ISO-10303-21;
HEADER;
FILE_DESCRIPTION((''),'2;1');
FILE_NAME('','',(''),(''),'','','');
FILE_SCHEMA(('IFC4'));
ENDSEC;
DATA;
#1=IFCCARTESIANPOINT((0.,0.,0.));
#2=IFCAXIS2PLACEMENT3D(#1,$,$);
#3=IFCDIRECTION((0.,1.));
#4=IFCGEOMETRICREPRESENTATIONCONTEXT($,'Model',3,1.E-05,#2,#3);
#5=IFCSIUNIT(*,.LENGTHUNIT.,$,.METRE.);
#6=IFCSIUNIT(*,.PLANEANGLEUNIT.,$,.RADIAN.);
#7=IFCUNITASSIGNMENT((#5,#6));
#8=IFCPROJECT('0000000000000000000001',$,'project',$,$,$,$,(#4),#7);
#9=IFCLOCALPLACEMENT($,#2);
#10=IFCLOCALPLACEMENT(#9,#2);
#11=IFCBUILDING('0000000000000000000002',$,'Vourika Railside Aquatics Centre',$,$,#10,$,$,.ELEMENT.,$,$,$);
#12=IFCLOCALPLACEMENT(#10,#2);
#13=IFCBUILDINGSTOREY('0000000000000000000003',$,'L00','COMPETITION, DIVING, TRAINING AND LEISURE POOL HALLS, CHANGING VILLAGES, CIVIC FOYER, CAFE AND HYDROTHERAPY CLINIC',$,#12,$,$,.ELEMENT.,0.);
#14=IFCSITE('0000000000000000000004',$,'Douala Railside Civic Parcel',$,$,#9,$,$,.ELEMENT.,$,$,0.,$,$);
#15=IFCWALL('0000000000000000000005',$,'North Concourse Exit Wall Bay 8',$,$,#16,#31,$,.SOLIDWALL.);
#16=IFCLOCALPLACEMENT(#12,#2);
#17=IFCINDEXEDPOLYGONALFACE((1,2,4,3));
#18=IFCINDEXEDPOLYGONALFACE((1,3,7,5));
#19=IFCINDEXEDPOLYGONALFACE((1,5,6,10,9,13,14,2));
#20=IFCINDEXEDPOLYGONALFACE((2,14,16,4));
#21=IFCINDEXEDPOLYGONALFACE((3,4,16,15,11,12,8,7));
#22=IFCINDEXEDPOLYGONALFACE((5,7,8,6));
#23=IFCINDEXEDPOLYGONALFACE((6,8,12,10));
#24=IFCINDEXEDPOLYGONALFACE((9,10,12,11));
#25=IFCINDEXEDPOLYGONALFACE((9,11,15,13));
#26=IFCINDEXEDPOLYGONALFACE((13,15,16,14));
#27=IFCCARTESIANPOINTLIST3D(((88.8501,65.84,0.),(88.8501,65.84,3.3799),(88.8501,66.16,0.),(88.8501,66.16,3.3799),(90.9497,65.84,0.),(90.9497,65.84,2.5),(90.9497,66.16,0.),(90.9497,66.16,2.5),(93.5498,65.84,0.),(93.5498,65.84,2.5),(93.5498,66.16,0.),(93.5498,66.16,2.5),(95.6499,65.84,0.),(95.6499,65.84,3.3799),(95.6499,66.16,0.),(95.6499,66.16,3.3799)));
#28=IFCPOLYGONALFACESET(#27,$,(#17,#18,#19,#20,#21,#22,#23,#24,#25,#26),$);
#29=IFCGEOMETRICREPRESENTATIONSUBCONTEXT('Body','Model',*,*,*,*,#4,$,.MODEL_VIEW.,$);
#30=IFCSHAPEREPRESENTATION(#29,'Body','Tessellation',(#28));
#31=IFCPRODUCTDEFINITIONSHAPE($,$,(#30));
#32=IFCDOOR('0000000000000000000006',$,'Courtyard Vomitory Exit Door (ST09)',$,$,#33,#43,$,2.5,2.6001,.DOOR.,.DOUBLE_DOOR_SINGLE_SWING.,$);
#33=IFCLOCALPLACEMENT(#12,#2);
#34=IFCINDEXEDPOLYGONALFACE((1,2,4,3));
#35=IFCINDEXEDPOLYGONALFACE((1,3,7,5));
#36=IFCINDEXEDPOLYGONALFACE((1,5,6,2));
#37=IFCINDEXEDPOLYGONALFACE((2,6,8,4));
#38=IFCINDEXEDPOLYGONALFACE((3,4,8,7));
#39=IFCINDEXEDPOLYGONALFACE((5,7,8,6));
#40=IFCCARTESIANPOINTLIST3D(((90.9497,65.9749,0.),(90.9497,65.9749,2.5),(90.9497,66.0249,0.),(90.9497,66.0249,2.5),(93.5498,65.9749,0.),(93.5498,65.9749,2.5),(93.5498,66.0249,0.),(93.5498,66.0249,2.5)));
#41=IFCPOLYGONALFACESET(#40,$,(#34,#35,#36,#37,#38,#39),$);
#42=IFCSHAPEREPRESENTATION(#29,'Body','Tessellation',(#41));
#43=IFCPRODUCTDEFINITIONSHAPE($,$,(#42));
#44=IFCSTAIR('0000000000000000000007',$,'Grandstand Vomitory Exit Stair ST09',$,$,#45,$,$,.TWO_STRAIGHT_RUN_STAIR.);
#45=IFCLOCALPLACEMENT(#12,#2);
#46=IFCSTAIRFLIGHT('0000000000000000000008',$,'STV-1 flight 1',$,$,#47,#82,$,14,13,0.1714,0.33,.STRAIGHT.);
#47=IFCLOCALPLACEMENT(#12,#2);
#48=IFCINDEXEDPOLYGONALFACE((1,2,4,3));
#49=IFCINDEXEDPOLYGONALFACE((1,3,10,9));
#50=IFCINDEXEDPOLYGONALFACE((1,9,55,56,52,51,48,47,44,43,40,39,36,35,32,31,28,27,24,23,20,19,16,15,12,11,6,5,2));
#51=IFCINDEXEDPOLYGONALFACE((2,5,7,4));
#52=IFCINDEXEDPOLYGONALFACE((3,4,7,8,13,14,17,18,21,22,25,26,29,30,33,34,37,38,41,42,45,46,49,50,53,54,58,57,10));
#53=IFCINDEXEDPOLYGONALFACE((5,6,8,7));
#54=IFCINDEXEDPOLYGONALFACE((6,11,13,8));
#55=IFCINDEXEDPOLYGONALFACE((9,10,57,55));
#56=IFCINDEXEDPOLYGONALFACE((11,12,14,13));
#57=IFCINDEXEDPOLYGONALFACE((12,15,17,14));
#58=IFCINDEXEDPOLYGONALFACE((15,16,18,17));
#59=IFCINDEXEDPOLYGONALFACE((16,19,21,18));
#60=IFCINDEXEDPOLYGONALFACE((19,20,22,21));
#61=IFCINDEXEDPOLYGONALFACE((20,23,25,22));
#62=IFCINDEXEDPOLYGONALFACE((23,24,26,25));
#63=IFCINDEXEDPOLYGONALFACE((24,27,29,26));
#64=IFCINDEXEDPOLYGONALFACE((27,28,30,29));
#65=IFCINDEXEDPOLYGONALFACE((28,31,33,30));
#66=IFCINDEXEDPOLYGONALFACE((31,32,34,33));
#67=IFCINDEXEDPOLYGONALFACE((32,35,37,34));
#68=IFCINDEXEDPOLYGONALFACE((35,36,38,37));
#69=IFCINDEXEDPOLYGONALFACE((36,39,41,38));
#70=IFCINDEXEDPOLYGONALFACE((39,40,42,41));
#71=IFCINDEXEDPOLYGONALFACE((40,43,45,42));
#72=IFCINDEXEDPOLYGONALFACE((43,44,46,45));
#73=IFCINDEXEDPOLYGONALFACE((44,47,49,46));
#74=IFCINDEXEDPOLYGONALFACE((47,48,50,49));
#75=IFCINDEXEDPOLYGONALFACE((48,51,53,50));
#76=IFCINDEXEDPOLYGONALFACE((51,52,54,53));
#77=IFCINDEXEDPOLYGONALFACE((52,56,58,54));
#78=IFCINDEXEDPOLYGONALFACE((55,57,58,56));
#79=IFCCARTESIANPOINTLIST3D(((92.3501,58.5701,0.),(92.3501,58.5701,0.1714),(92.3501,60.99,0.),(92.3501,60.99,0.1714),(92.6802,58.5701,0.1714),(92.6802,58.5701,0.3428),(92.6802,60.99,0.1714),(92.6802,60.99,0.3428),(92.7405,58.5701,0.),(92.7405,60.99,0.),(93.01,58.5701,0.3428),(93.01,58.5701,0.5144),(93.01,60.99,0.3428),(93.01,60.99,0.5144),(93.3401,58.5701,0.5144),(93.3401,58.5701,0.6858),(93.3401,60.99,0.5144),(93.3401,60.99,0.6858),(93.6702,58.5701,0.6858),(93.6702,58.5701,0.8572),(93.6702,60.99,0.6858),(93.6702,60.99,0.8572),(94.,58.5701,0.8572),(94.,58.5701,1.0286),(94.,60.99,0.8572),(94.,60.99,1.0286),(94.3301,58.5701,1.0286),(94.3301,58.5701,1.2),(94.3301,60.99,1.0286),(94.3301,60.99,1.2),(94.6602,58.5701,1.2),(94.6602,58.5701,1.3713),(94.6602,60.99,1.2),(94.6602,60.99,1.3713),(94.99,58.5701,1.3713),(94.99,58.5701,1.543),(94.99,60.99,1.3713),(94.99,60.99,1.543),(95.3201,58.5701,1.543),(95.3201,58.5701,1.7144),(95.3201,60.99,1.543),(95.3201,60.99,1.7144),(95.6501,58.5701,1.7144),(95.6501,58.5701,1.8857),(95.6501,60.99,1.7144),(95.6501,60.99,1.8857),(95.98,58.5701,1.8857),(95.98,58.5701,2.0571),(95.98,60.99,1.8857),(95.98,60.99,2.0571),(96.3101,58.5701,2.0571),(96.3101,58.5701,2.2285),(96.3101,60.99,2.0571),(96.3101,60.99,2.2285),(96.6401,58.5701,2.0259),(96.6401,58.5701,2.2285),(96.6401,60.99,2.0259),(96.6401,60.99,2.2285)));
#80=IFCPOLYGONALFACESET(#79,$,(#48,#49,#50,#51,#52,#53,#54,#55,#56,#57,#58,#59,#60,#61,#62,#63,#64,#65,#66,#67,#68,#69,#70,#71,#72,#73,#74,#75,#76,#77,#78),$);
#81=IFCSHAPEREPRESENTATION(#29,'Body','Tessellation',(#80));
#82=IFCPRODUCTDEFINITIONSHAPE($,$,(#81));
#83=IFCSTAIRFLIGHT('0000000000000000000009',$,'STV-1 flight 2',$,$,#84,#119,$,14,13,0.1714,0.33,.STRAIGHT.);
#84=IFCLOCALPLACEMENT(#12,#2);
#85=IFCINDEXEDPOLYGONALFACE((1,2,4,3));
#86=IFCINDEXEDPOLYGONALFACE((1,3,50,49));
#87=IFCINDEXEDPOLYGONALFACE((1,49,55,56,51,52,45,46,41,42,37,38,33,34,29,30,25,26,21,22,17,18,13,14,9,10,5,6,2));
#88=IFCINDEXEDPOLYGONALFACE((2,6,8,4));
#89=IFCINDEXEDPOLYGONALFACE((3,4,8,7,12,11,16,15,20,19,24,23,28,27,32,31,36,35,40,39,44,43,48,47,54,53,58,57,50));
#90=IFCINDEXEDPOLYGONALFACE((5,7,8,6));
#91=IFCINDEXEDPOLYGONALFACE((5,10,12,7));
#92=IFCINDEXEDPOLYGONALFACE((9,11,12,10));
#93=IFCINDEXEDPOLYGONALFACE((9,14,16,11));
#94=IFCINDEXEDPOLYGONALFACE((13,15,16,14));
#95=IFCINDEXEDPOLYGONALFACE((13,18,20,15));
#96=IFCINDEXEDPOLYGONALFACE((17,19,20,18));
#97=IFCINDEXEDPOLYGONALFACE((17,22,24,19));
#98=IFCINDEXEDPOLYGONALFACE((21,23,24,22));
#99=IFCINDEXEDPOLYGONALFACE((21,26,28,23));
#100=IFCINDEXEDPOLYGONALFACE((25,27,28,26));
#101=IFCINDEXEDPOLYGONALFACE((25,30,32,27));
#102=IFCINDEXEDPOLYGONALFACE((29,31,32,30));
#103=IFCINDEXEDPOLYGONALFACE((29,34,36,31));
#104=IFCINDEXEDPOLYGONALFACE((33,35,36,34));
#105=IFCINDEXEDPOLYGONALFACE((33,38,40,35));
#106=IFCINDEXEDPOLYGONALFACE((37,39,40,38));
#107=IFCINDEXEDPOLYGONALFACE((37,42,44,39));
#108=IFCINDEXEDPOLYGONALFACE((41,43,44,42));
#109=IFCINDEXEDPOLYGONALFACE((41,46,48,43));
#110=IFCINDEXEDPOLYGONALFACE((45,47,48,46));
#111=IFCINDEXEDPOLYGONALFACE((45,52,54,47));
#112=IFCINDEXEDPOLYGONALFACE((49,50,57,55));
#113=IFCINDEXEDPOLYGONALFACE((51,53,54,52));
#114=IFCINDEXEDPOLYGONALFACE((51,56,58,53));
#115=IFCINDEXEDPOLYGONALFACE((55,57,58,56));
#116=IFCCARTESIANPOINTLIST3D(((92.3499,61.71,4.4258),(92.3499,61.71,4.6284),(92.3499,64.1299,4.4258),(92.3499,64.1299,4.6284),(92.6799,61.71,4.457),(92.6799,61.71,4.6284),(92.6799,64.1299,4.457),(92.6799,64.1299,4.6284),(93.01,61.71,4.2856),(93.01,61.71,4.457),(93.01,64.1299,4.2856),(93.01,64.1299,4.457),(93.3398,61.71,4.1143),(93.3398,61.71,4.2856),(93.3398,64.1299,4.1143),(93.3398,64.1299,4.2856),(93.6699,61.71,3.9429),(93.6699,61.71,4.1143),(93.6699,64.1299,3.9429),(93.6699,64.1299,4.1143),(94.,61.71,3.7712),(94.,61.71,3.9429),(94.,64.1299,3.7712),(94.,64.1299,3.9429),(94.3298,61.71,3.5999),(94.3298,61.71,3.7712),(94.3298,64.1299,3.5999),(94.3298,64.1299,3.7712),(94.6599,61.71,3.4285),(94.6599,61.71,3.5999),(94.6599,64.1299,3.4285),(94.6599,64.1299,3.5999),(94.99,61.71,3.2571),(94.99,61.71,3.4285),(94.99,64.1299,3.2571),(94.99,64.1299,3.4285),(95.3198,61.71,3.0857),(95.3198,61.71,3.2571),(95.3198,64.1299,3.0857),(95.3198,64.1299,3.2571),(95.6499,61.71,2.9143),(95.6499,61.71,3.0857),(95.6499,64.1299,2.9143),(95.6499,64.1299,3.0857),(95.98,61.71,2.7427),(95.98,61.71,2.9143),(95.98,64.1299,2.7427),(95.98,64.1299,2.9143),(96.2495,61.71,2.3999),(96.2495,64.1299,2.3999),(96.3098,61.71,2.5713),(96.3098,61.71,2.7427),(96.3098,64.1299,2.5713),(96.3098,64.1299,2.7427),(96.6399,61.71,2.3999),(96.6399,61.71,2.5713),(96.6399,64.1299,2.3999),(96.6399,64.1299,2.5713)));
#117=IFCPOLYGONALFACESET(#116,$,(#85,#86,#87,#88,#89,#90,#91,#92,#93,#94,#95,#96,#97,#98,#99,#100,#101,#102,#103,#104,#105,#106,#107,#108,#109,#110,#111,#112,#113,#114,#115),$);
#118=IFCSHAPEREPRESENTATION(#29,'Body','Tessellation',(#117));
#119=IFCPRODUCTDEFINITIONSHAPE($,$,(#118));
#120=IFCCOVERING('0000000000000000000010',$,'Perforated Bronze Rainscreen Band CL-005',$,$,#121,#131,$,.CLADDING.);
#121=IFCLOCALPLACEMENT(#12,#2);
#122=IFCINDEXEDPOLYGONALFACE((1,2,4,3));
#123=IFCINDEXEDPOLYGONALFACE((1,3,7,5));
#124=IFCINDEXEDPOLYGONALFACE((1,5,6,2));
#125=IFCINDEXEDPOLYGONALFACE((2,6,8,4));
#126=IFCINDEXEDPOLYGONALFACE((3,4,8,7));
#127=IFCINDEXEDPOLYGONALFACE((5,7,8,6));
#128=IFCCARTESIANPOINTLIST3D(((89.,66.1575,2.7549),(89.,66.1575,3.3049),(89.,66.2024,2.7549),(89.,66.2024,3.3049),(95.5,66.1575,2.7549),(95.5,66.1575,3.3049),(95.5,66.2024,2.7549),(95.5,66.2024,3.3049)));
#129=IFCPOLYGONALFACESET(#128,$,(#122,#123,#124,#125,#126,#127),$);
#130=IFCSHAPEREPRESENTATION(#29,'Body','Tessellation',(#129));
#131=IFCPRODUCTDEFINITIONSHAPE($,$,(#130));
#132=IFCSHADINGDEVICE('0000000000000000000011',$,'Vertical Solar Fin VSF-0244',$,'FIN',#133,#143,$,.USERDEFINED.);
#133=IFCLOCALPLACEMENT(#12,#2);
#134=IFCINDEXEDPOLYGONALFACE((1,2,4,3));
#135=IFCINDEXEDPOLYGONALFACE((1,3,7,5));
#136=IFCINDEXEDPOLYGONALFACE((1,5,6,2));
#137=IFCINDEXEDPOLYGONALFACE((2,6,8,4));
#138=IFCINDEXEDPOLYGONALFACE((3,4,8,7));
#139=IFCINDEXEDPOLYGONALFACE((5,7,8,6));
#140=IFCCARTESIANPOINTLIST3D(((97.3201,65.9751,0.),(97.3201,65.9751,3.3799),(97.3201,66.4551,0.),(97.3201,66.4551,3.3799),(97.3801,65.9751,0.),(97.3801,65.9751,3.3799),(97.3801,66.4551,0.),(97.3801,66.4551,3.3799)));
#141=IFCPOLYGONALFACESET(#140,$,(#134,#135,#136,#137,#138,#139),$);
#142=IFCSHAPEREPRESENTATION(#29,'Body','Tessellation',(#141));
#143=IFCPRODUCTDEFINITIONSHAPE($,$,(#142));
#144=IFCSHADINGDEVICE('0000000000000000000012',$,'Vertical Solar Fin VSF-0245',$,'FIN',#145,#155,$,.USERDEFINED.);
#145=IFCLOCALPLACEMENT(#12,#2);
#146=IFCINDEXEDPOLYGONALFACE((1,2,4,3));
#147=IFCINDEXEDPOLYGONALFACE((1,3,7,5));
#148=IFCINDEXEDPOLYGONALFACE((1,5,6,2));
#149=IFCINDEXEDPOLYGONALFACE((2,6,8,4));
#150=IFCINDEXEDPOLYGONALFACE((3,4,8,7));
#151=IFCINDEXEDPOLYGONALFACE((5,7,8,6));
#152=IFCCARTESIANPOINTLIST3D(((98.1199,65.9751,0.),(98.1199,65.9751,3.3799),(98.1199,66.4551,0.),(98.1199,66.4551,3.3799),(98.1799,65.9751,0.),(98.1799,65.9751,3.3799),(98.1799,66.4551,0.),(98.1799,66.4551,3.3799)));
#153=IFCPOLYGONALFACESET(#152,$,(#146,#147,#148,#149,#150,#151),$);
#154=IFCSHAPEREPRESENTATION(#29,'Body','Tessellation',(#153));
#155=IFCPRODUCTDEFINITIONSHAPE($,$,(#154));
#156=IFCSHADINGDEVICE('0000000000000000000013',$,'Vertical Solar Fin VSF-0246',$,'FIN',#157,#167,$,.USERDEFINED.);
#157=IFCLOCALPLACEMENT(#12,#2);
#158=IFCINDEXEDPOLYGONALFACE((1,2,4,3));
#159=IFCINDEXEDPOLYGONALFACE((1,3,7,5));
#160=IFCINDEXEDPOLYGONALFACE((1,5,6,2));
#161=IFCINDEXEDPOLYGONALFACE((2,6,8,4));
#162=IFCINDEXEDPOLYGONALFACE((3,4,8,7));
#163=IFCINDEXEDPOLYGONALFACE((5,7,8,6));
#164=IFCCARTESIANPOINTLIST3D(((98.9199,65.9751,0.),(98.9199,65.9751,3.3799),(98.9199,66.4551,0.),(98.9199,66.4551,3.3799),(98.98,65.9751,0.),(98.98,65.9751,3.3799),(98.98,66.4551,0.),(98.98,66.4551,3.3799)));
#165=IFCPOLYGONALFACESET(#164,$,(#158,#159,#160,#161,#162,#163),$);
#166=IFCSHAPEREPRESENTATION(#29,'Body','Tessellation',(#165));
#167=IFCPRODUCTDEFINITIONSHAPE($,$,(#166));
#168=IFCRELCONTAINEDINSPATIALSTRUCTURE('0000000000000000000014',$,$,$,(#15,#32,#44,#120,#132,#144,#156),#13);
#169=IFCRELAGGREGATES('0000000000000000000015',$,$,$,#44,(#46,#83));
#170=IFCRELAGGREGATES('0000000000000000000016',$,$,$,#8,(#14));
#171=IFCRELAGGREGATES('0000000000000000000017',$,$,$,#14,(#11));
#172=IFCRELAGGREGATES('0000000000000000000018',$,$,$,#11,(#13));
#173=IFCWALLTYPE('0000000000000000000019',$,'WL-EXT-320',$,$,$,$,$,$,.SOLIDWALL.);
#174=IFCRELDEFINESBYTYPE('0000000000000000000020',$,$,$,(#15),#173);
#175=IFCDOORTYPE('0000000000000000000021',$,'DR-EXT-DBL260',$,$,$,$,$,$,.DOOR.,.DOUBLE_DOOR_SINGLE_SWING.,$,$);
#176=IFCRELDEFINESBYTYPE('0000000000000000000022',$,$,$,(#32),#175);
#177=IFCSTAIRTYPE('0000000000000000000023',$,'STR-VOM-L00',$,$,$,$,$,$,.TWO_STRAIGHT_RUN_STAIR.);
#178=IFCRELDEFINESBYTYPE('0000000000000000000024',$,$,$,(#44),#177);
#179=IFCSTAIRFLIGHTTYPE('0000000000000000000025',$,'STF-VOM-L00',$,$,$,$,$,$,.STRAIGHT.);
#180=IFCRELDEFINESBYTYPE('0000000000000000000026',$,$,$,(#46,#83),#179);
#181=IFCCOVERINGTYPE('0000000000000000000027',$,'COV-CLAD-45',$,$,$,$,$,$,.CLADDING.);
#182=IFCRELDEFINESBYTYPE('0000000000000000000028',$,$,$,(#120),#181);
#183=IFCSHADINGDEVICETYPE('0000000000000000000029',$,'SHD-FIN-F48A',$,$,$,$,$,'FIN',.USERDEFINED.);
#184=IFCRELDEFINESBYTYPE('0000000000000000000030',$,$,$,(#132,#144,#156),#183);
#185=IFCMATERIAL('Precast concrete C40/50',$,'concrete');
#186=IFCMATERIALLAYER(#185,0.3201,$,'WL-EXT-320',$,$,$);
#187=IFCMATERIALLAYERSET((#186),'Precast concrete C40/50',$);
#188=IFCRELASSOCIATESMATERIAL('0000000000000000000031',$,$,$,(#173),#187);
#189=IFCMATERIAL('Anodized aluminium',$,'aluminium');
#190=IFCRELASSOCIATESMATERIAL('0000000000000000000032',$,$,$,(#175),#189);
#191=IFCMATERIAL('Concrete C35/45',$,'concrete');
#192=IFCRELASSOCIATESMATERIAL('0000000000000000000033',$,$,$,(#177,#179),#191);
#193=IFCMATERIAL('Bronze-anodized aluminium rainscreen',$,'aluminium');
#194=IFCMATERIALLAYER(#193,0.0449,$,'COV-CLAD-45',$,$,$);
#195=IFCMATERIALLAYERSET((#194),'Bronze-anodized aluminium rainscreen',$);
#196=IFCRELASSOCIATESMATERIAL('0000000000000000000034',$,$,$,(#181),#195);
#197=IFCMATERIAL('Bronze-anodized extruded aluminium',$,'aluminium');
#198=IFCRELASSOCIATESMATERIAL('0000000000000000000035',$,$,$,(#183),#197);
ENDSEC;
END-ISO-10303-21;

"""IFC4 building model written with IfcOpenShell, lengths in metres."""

from ifc_helpers import new_model, si_unit, direction, frame, frame_2d, origin, origin_2d, place, context, subcontext, project, spatial, polyline, rectangle, outline, extrude, material, layer, layer_set, material_profile, profile_set, type_object, element, fill, aggregate, save


model = new_model("IFC4")

# Units and contexts
model_context = context("Model", 3, precision=1e-05, world=origin(), true_north=direction((0.0, 1.0)))
body_context = subcontext(model_context, "Body", "Model", "MODEL_VIEW")
ifc_project = project(units=[si_unit("LENGTHUNIT", "METRE"), si_unit("PLANEANGLEUNIT", "RADIAN")], contexts=[model_context])

# Site, building, storey
site_placement = place(None, origin())
site = spatial("IfcSite", under=ifc_project, at=site_placement, Name="Douala Railside Civic Parcel", CompositionType="ELEMENT", RefElevation=0.0)
building_placement = place(site_placement, origin())
building = spatial("IfcBuilding", under=site, at=building_placement, Name="Vourika Railside Aquatics Centre", CompositionType="ELEMENT")
storey_placement = place(building_placement, origin())
storey = spatial("IfcBuildingStorey", under=building, at=storey_placement, Name="L00", Description="COMPETITION, DIVING, TRAINING AND LEISURE POOL HALLS, CHANGING VILLAGES, CIVIC FOYER, CAFE AND HYDROTHERAPY CLINIC", CompositionType="ELEMENT", Elevation=0.0)

# Shared definitions
ifc_material_1 = material(Name="Concrete C35/45", Category="concrete")

# Wall, opening, door
ifc_material_2 = material(Name="Precast concrete C40/50", Category="concrete")
ifc_layer_1 = layer(ifc_material_2, 0.3201, Name="WL-EXT-320")
ifc_layer_set_1 = layer_set([ifc_layer_1], Name="Precast concrete C40/50")
wall_type = type_object("IfcWallType", Name="WL-EXT-320", PredefinedType="SOLIDWALL", material=ifc_layer_set_1)
wall_placement = place(storey_placement, frame((95.6499, 66.0, 0.0), z_axis=(0.0, 0.0, 1.0), x_axis=(-1.0, 0.0, 0.0)))
wall = element("IfcWall", 1, at=wall_placement, inside=storey, type_object=wall_type, Name="North Concourse Exit Wall Bay 8", PredefinedType="SOLIDWALL", context=body_context, shape_type="SweptSolid", body=[
    extrude(rectangle(XDim=6.7998, YDim=0.3201, at=frame_2d((3.3999, 0.0))), origin(), (0.0, 0.0, 1.0), 3.3799),
])
opening_placement = place(wall_placement, frame((2.1001, 0.0, 0.0)))
opening = element("IfcOpeningElement", 2, at=opening_placement, cuts=wall, PredefinedType="OPENING", context=body_context, shape_type="SweptSolid", body=[
    extrude(rectangle(XDim=2.6001, YDim=2.5, at=frame_2d((1.3, 1.25))), frame((0.0, 0.1699, 0.0), z_axis=(0.0, -1.0, 0.0), x_axis=(1.0, 0.0, 0.0)), (0.0, 0.0, 1.0), 0.3401),
])
ifc_material_3 = material(Name="Anodized aluminium", Category="aluminium")
door_type = type_object("IfcDoorType", Name="DR-EXT-DBL260", OperationType="DOUBLE_DOOR_SINGLE_SWING", PredefinedType="DOOR", material=ifc_material_3)
door_placement = place(opening_placement, frame((2.6001, 0.0, 0.0), z_axis=(0.0, 0.0, 1.0), x_axis=(-1.0, 0.0, 0.0)))
door = element("IfcDoor", 3, at=door_placement, inside=storey, type_object=door_type, Name="Courtyard Vomitory Exit Door (ST09)", OperationType="DOUBLE_DOOR_SINGLE_SWING", OverallHeight=2.5, OverallWidth=2.6001, PredefinedType="DOOR", context=body_context, shape_type="SweptSolid", body=[
    extrude(rectangle(XDim=2.6001, YDim=2.5, at=frame_2d((1.3, 1.25))), frame((0.0, 0.0249, 0.0), z_axis=(0.0, -1.0, 0.0), x_axis=(1.0, 0.0, 0.0)), (0.0, 0.0, 1.0), 0.05),
])
fill(opening, door)

# Stair, stair flights
stair_type = type_object("IfcStairType", Name="STR-VOM-L00", PredefinedType="TWO_STRAIGHT_RUN_STAIR", material=ifc_material_1)
stair_placement = place(storey_placement, origin())
stair = element("IfcStair", 4, at=stair_placement, inside=storey, type_object=stair_type, Name="Grandstand Vomitory Exit Stair ST09", PredefinedType="TWO_STRAIGHT_RUN_STAIR")
stair_flight_type = type_object("IfcStairFlightType", Name="STF-VOM-L00", PredefinedType="STRAIGHT", material=ifc_material_1)
stair_flight_1_placement = place(storey_placement, frame((92.3501, 59.78, 0.0), z_axis=(0.0, 0.0, 1.0), x_axis=(1.0, 0.0, 0.0)))
stair_flight_1 = element("IfcStairFlight", 5, at=stair_flight_1_placement, type_object=stair_flight_type, Name="STV-1 flight 1", NumberOfRisers=14, NumberOfTreads=13, PredefinedType="STRAIGHT", RiserHeight=0.1714, TreadLength=0.33, context=body_context, shape_type="SweptSolid", body=[
    extrude(outline(polyline([(0.0, 0.0), (0.0, 0.1714), (0.3301, 0.1714), (0.3301, 0.3428), (0.6599, 0.3428), (0.6599, 0.5144), (0.99, 0.5144), (0.99, 0.6858), (1.3201, 0.6858), (1.3201, 0.8572), (1.6499, 0.8572), (1.6499, 1.0286), (1.98, 1.0286), (1.98, 1.2), (2.3101, 1.2), (2.3101, 1.3713), (2.6399, 1.3713), (2.6399, 1.543), (2.97, 1.543), (2.97, 1.7144), (3.3, 1.7144), (3.3, 1.8857), (3.6299, 1.8857), (3.6299, 2.0571), (3.96, 2.0571), (3.96, 2.2285), (4.29, 2.2285), (4.29, 2.3999), (4.29, 2.0259), (0.3904, 0.0), (0.0, 0.0)])), frame((0.0, 1.21, 0.0), z_axis=(0.0, -1.0, 0.0), x_axis=(1.0, 0.0, 0.0)), (0.0, 0.0, 1.0), 2.4199),
])
stair_flight_2_placement = place(storey_placement, frame((96.6399, 62.9199, 2.3999), z_axis=(0.0, 0.0, 1.0), x_axis=(-1.0, 0.0, 0.0)))
stair_flight_2 = element("IfcStairFlight", 6, at=stair_flight_2_placement, type_object=stair_flight_type, Name="STV-1 flight 2", NumberOfRisers=14, NumberOfTreads=13, PredefinedType="STRAIGHT", RiserHeight=0.1714, TreadLength=0.33, context=body_context, shape_type="SweptSolid", body=[
    extrude(outline(polyline([(0.0, 0.0), (0.0, 0.1714), (0.3301, 0.1714), (0.3301, 0.3428), (0.6599, 0.3428), (0.6599, 0.5144), (0.99, 0.5144), (0.99, 0.6858), (1.3201, 0.6858), (1.3201, 0.8572), (1.6499, 0.8572), (1.6499, 1.0286), (1.98, 1.0286), (1.98, 1.2), (2.3101, 1.2), (2.3101, 1.3713), (2.6399, 1.3713), (2.6399, 1.543), (2.97, 1.543), (2.97, 1.7144), (3.3, 1.7144), (3.3, 1.8857), (3.6299, 1.8857), (3.6299, 2.0571), (3.96, 2.0571), (3.96, 2.2285), (4.29, 2.2285), (4.29, 2.3999), (4.29, 2.0259), (0.3904, 0.0), (0.0, 0.0)])), frame((0.0, 1.21, 0.0), z_axis=(0.0, -1.0, 0.0), x_axis=(1.0, 0.0, 0.0)), (0.0, 0.0, 1.0), 2.4199),
])
aggregate(stair, [stair_flight_1, stair_flight_2])

# Covering
ifc_material_4 = material(Name="Bronze-anodized aluminium rainscreen", Category="aluminium")
ifc_layer_2 = layer(ifc_material_4, 0.0449, Name="COV-CLAD-45")
ifc_layer_set_2 = layer_set([ifc_layer_2], Name="Bronze-anodized aluminium rainscreen")
covering_type = type_object("IfcCoveringType", Name="COV-CLAD-45", PredefinedType="CLADDING", material=ifc_layer_set_2)
covering_placement = place(storey_placement, frame((92.25, 66.1799, 2.7549), z_axis=(0.0, 0.0, 1.0), x_axis=(-1.0, 0.0, 0.0)))
element("IfcCovering", 7, at=covering_placement, inside=storey, type_object=covering_type, Name="Perforated Bronze Rainscreen Band CL-005", PredefinedType="CLADDING", context=body_context, shape_type="SweptSolid", body=[
    extrude(rectangle(XDim=6.5, YDim=0.0449, at=origin_2d()), origin(), (0.0, 0.0, 1.0), 0.55),
])

# Shading devices
ifc_material_5 = material(Name="Bronze-anodized extruded aluminium", Category="aluminium")
ifc_material_profile_1 = material_profile(ifc_material_5, rectangle(XDim=0.0601, YDim=0.48, at=origin_2d()), Name="ALU-FIN 60x480")
ifc_profile_set_1 = profile_set([ifc_material_profile_1], Name="Bronze-anodized extruded aluminium")
shading_device_type = type_object("IfcShadingDeviceType", Name="SHD-FIN-F48A", ElementType="FIN", PredefinedType="USERDEFINED", material=ifc_profile_set_1)
for number, where, z_axis, x_axis, name in (
    (8, (97.3501, 66.2151, 0.0), (0.0, 0.0, 1.0), (1.0, 0.0, 0.0), "Vertical Solar Fin VSF-0244"),
    (9, (98.1499, 66.2151, 0.0), (0.0, 0.0, 1.0), (1.0, 0.0, 0.0), "Vertical Solar Fin VSF-0245"),
    (10, (98.95, 66.2151, 0.0), (0.0, 0.0, 1.0), (1.0, 0.0, 0.0), "Vertical Solar Fin VSF-0246"),
):
    element("IfcShadingDevice", number, at=place(storey_placement, frame(where, z_axis=z_axis, x_axis=x_axis)), inside=storey, type_object=shading_device_type, Name=name, ObjectType="FIN", PredefinedType="USERDEFINED", context=body_context, shape_type="SweptSolid", body=[
        extrude(rectangle(XDim=0.0601, YDim=0.48, at=origin_2d()), origin(), (0.0, 0.0, 1.0), 3.3799),
    ])

save(model, "model.ifc")
